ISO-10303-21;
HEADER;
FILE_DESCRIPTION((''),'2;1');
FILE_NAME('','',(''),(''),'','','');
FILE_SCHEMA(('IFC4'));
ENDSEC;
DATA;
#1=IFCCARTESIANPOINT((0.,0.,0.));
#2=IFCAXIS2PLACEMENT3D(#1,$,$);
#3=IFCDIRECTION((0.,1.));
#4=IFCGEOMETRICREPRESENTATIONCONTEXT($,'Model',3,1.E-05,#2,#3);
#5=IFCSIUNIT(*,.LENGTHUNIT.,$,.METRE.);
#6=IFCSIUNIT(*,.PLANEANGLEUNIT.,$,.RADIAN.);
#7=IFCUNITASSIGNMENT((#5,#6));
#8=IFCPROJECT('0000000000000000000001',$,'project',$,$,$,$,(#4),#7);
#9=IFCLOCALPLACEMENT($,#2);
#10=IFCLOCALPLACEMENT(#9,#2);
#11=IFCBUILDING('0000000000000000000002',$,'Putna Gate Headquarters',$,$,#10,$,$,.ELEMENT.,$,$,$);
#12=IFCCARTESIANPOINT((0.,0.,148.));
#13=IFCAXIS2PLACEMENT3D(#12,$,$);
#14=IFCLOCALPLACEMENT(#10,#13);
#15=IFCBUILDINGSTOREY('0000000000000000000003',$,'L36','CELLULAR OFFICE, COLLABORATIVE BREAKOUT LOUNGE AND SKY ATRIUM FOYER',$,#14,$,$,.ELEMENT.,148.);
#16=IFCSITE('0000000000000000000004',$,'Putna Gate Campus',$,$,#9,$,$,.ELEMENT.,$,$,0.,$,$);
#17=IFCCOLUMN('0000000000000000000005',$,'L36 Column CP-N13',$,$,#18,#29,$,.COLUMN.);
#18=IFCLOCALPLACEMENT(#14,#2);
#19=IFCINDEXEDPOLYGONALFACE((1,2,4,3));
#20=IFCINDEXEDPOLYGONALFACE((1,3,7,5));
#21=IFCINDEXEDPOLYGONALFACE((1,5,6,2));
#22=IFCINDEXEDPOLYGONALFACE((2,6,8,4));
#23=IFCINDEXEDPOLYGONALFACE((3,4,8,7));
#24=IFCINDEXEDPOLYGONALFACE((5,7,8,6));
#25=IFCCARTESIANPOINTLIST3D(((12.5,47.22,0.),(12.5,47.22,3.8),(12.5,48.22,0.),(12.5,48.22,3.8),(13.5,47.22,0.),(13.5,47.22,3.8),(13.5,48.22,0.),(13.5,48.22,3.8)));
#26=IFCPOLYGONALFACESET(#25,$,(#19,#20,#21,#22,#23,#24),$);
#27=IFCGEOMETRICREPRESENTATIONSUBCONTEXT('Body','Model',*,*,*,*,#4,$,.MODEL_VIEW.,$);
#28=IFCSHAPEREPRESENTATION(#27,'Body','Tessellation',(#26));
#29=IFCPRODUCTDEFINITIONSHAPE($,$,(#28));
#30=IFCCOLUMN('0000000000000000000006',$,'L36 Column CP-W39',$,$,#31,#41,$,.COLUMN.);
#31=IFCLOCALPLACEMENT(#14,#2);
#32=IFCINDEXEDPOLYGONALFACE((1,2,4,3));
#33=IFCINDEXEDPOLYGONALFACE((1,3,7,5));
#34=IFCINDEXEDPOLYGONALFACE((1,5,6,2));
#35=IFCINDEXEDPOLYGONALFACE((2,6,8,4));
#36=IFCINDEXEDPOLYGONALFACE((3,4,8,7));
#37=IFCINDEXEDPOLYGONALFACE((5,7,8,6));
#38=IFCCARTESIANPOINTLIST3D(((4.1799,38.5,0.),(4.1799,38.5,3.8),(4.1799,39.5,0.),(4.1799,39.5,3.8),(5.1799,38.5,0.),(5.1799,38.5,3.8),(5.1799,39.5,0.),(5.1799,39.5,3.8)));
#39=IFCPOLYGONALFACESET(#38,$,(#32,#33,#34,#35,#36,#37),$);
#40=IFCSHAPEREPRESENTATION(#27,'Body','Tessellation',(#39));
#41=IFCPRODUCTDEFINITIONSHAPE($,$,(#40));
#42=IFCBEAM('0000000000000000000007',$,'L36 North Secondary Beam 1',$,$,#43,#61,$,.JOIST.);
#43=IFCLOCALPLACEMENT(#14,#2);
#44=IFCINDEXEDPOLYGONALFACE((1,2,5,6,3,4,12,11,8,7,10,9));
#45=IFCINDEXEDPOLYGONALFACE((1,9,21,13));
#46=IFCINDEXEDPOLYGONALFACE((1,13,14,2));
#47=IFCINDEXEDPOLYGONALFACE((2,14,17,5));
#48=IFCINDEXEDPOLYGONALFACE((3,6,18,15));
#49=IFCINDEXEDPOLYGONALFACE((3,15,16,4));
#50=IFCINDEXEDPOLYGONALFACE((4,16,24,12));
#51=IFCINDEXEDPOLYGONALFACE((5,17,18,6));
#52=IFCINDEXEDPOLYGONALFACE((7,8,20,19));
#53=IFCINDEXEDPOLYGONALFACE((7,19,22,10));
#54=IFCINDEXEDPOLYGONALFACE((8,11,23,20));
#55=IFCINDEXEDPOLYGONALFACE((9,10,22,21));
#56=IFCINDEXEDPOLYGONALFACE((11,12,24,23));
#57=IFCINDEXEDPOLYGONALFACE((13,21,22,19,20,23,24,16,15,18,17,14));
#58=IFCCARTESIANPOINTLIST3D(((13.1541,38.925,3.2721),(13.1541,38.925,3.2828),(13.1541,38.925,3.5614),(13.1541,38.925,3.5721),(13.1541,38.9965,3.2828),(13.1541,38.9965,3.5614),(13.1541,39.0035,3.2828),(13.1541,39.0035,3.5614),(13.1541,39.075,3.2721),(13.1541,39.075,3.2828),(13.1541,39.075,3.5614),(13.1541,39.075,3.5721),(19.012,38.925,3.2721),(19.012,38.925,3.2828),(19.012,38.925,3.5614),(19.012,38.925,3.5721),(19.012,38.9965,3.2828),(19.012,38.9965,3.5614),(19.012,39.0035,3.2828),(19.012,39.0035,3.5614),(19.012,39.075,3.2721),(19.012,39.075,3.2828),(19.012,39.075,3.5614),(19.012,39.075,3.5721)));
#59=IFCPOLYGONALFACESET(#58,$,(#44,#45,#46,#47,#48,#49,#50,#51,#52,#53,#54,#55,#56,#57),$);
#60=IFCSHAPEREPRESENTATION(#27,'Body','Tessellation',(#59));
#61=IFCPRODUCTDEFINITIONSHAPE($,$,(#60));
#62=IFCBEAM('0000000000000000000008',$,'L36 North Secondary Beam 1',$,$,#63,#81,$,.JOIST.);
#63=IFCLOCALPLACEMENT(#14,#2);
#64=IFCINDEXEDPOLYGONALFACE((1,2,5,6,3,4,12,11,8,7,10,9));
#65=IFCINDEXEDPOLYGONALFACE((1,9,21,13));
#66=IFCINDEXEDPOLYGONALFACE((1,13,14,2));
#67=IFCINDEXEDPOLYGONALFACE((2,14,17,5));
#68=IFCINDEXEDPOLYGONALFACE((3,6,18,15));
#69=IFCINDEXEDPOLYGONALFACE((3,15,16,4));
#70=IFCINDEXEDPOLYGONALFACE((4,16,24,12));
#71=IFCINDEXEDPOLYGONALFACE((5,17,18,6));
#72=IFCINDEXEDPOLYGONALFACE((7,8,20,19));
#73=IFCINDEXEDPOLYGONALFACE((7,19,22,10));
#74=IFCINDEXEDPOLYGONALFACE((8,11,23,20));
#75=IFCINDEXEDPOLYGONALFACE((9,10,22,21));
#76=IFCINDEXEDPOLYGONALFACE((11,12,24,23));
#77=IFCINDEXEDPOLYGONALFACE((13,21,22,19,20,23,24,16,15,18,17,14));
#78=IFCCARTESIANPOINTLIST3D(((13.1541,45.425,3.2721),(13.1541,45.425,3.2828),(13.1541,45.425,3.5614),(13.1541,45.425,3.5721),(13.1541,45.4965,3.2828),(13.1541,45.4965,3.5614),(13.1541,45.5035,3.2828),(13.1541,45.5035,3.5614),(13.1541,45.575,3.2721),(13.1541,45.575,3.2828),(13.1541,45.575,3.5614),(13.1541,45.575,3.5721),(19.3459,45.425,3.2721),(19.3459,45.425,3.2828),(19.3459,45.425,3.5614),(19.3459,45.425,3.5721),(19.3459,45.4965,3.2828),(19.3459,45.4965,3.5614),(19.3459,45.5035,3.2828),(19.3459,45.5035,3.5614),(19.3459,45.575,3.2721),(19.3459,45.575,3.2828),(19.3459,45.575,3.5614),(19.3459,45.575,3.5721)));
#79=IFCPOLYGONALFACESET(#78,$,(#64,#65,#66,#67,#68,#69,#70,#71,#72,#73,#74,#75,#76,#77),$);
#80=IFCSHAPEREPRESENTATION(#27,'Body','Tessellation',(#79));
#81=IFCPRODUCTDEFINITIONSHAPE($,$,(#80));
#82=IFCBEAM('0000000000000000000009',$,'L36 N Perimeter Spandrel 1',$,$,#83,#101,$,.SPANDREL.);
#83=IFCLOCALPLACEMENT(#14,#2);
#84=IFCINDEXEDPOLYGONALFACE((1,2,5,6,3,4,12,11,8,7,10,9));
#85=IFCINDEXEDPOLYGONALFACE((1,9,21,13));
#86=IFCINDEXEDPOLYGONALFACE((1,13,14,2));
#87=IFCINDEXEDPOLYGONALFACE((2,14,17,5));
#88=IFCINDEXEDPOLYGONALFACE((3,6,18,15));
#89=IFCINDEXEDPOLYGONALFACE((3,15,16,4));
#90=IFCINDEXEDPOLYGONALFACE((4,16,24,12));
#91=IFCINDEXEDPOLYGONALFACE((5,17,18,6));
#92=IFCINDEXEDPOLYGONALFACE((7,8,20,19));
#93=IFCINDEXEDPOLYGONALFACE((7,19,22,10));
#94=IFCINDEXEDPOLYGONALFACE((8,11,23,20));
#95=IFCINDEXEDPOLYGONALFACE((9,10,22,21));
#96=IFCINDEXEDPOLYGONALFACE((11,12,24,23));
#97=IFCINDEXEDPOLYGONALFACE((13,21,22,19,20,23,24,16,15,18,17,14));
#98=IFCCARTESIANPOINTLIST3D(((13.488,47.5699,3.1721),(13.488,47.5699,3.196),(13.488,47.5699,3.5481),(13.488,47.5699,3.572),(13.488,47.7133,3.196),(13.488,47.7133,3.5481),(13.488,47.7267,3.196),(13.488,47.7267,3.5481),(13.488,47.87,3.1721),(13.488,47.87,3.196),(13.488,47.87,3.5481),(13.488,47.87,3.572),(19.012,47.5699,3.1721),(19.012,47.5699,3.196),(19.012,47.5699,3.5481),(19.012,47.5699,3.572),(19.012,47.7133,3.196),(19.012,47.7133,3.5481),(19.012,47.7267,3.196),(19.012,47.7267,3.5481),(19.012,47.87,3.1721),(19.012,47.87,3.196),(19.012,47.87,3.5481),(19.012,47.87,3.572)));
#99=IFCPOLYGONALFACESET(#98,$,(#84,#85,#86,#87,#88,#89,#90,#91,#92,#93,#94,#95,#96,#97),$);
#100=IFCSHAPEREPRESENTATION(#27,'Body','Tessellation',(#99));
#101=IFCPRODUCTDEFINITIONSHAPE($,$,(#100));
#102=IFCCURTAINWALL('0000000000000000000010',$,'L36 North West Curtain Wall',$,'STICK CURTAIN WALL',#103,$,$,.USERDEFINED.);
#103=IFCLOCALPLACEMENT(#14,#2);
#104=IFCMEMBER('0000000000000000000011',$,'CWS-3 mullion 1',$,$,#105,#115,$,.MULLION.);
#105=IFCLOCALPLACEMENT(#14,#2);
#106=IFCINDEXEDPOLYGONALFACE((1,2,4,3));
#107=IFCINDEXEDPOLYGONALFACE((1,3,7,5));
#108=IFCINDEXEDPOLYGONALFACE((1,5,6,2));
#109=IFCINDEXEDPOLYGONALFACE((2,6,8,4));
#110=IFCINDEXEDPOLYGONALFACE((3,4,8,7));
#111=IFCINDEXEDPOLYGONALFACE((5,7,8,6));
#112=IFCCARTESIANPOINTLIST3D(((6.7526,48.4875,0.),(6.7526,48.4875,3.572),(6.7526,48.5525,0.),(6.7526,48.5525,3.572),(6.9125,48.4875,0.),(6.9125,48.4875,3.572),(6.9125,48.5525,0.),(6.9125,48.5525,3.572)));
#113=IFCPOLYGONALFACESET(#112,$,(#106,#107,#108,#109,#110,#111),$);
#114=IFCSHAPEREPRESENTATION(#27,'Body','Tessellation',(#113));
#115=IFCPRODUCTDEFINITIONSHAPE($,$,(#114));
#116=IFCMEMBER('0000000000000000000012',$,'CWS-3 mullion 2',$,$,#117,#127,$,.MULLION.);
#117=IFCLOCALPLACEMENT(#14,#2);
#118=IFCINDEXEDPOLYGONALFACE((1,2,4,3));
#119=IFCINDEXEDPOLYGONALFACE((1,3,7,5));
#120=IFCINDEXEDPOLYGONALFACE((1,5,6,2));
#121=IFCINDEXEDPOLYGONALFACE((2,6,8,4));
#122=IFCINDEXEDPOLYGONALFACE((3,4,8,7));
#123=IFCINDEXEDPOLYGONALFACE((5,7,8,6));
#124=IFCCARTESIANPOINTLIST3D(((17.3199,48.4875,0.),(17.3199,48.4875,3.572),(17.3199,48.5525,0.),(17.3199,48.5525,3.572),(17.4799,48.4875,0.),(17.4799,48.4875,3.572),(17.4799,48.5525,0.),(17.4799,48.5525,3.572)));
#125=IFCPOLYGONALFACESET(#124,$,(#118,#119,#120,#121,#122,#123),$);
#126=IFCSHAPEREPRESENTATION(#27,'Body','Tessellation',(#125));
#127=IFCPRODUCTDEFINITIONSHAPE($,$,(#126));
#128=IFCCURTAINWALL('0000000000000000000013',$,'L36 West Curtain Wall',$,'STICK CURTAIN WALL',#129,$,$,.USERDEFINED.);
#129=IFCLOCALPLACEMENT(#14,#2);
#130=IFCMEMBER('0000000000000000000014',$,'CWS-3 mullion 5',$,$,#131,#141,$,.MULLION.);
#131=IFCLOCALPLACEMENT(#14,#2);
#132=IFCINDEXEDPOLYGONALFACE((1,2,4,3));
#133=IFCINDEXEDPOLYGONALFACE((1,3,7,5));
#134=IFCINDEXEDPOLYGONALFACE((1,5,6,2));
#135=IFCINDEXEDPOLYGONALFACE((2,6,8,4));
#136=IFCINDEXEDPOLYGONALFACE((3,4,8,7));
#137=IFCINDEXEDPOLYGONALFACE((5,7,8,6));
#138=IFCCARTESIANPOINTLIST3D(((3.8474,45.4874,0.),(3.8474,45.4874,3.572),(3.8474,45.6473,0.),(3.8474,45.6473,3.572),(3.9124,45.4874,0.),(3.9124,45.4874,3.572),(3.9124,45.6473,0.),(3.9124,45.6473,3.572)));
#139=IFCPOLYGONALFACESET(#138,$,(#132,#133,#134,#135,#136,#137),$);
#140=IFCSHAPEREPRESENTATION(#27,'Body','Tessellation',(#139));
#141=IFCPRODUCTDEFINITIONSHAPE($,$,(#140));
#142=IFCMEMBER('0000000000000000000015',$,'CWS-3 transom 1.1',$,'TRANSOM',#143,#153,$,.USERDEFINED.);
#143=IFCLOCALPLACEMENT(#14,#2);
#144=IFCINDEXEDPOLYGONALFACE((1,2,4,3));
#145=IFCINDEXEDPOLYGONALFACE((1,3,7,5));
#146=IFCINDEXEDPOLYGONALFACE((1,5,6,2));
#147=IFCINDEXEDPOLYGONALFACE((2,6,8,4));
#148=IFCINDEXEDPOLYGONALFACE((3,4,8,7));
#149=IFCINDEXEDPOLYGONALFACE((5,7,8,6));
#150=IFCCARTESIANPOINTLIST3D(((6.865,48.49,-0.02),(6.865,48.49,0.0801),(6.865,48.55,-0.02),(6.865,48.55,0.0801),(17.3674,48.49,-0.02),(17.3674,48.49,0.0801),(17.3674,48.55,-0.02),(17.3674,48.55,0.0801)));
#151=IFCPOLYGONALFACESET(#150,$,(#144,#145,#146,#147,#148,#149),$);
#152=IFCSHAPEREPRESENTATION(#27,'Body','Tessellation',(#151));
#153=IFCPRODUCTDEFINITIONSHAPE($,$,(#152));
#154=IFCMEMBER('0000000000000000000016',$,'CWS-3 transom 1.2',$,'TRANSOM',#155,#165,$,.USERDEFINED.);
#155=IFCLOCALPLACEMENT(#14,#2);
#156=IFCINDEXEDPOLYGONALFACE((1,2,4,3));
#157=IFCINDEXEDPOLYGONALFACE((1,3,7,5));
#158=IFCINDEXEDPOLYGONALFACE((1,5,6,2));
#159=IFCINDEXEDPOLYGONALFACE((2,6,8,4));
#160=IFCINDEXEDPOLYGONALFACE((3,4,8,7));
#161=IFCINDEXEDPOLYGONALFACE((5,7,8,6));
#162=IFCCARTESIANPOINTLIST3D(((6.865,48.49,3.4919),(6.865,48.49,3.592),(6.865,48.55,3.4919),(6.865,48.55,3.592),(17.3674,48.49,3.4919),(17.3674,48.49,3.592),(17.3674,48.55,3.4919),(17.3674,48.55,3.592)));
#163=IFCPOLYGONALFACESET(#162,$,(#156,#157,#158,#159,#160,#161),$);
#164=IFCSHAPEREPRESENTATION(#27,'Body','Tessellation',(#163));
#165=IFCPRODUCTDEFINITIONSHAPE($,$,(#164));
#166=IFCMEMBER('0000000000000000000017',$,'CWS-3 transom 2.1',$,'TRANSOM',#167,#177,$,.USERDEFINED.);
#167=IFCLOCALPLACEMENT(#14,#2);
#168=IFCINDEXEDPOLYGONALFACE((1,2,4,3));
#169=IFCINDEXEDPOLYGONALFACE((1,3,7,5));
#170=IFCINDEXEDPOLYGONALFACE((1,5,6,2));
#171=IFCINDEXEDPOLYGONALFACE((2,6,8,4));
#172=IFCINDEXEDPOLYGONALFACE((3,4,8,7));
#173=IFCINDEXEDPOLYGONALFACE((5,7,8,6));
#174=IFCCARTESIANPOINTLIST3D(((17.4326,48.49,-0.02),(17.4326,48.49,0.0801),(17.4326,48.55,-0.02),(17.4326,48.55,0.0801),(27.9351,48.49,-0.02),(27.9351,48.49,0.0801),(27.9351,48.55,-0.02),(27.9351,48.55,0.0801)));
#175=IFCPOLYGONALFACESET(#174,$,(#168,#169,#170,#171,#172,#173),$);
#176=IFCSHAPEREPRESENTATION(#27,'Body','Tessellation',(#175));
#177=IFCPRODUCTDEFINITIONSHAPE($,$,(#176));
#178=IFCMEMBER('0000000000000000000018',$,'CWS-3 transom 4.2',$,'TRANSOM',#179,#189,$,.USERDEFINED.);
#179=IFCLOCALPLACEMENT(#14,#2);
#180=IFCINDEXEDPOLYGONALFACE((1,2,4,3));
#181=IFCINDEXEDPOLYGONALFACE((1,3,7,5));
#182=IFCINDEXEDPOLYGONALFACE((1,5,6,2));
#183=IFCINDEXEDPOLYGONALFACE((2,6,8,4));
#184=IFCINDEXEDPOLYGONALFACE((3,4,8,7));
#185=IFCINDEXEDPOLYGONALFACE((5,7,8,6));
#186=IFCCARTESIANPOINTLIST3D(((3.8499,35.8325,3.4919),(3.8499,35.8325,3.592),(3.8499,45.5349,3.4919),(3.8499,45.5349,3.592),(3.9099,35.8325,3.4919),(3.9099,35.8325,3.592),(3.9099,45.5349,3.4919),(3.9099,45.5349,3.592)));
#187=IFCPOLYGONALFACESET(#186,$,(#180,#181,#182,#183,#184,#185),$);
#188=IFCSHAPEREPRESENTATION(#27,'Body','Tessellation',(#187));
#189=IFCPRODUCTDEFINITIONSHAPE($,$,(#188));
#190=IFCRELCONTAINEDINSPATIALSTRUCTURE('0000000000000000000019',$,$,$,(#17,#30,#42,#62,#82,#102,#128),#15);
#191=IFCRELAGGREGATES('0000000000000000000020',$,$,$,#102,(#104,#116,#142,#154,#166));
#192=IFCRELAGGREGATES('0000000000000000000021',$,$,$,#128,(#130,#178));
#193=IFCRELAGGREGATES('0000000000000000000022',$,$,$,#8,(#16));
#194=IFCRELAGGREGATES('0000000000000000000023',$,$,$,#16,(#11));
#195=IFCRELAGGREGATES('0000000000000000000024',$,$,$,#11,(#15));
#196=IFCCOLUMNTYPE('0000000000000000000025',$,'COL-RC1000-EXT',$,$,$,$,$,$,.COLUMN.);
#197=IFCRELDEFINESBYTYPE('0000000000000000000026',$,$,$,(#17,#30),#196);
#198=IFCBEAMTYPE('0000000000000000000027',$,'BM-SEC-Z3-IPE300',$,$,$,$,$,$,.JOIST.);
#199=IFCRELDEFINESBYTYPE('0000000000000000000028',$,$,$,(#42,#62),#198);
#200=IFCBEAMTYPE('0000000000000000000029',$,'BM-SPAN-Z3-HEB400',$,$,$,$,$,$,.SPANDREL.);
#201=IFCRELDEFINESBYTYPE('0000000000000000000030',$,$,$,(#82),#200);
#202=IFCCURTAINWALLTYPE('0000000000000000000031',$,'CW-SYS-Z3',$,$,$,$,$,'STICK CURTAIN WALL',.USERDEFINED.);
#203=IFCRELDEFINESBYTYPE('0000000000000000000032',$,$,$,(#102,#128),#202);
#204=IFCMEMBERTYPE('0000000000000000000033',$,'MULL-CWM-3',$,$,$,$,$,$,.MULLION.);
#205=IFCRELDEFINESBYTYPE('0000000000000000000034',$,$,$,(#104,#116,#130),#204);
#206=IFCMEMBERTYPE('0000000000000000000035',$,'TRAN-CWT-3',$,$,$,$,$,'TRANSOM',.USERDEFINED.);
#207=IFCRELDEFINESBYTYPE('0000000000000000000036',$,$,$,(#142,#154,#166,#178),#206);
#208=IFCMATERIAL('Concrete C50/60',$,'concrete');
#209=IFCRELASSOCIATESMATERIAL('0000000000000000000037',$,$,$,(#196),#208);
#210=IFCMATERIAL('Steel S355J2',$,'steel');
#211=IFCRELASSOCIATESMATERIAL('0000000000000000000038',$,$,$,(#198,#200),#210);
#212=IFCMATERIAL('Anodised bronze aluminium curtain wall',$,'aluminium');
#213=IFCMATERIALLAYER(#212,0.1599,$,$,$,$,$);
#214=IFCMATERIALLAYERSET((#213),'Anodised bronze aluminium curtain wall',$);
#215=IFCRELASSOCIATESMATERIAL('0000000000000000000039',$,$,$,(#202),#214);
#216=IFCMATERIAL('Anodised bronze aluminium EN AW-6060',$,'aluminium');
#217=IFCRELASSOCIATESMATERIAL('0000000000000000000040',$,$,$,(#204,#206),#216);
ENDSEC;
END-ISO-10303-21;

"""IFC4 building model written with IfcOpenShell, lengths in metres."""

from ifc_helpers import new_model, si_unit, direction, frame, origin, origin_2d, place, context, subcontext, project, spatial, rectangle, i_section, extrude, material, layer, layer_set, material_profile, profile_set, type_object, element, aggregate, save


model = new_model("IFC4")

# Units and contexts
model_context = context("Model", 3, precision=1e-05, world=origin(), true_north=direction((0.0, 1.0)))
body_context = subcontext(model_context, "Body", "Model", "MODEL_VIEW")
ifc_project = project(units=[si_unit("LENGTHUNIT", "METRE"), si_unit("PLANEANGLEUNIT", "RADIAN")], contexts=[model_context])

# Site, building, storey
site_placement = place(None, origin())
site = spatial("IfcSite", under=ifc_project, at=site_placement, Name="Putna Gate Campus", CompositionType="ELEMENT", RefElevation=0.0)
building_placement = place(site_placement, origin())
building = spatial("IfcBuilding", under=site, at=building_placement, Name="Putna Gate Headquarters", CompositionType="ELEMENT")
storey_placement = place(building_placement, frame((0.0, 0.0, 148.0)))
storey = spatial("IfcBuildingStorey", under=building, at=storey_placement, Name="L36", Description="CELLULAR OFFICE, COLLABORATIVE BREAKOUT LOUNGE AND SKY ATRIUM FOYER", CompositionType="ELEMENT", Elevation=148.0)

# Columns
ifc_material_1 = material(Name="Concrete C50/60", Category="concrete")
ifc_material_profile_1 = material_profile(ifc_material_1, rectangle(XDim=1.0, YDim=1.0, at=origin_2d()), Name="Concrete C50/60")
ifc_profile_set_1 = profile_set([ifc_material_profile_1], Name="Concrete C50/60")
column_type = type_object("IfcColumnType", Name="COL-RC1000-EXT", PredefinedType="COLUMN", material=ifc_profile_set_1)
for number, where, z_axis, x_axis, name in (
    (1, (13.0, 47.72, 0.0), (0.0, 0.0, 1.0), (1.0, 0.0, 0.0), "L36 Column CP-N13"),
    (2, (4.6799, 39.0, 0.0), (0.0, 0.0, 1.0), (1.0, 0.0, 0.0), "L36 Column CP-W39"),
):
    element("IfcColumn", number, at=place(storey_placement, frame(where, z_axis=z_axis, x_axis=x_axis)), inside=storey, type_object=column_type, Name=name, PredefinedType="COLUMN", context=body_context, shape_type="SweptSolid", body=[
        extrude(rectangle(XDim=1.0, YDim=1.0, at=origin_2d()), origin(), (0.0, 0.0, 1.0), 3.8),
    ])

# Beams
ifc_material_2 = material(Name="Steel S355J2", Category="steel")
ifc_material_profile_2 = material_profile(ifc_material_2, i_section(OverallWidth=0.1499, OverallDepth=0.3, WebThickness=0.0071, FlangeThickness=0.0107, at=origin_2d()), Name="Steel S355J2")
ifc_profile_set_2 = profile_set([ifc_material_profile_2], Name="Steel S355J2")
beam_type_1 = type_object("IfcBeamType", Name="BM-SEC-Z3-IPE300", PredefinedType="JOIST", material=ifc_profile_set_2)
beam_1_placement = place(storey_placement, frame((13.1541, 39.0, 3.4221), z_axis=(1.0, 0.0, 0.0), x_axis=(0.0, 1.0, 0.0)))
element("IfcBeam", 3, at=beam_1_placement, inside=storey, type_object=beam_type_1, Name="L36 North Secondary Beam 1", PredefinedType="JOIST", context=body_context, shape_type="SweptSolid", body=[
    extrude(i_section(OverallWidth=0.1499, OverallDepth=0.3, WebThickness=0.0071, FlangeThickness=0.0107, at=origin_2d()), origin(), (0.0, 0.0, 1.0), 5.8579),
])
beam_2_placement = place(storey_placement, frame((13.1541, 45.5, 3.4221), z_axis=(1.0, 0.0, 0.0), x_axis=(0.0, 1.0, 0.0)))
element("IfcBeam", 4, at=beam_2_placement, inside=storey, type_object=beam_type_1, Name="L36 North Secondary Beam 1", PredefinedType="JOIST", context=body_context, shape_type="SweptSolid", body=[
    extrude(i_section(OverallWidth=0.1499, OverallDepth=0.3, WebThickness=0.0071, FlangeThickness=0.0107, at=origin_2d()), origin(), (0.0, 0.0, 1.0), 6.1919),
])
ifc_material_profile_3 = material_profile(ifc_material_2, i_section(OverallWidth=0.3, OverallDepth=0.3999, WebThickness=0.0134, FlangeThickness=0.0239, at=origin_2d()), Name="Steel S355J2")
ifc_profile_set_3 = profile_set([ifc_material_profile_3], Name="Steel S355J2")
beam_type_2 = type_object("IfcBeamType", Name="BM-SPAN-Z3-HEB400", PredefinedType="SPANDREL", material=ifc_profile_set_3)
beam_3_placement = place(storey_placement, frame((13.488, 47.72, 3.3721), z_axis=(1.0, 0.0, 0.0), x_axis=(0.0, 1.0, 0.0)))
element("IfcBeam", 5, at=beam_3_placement, inside=storey, type_object=beam_type_2, Name="L36 N Perimeter Spandrel 1", PredefinedType="SPANDREL", context=body_context, shape_type="SweptSolid", body=[
    extrude(i_section(OverallWidth=0.3, OverallDepth=0.3999, WebThickness=0.0134, FlangeThickness=0.0239, at=origin_2d()), origin(), (0.0, 0.0, 1.0), 5.5239),
])

# Curtain wall, members
ifc_material_3 = material(Name="Anodised bronze aluminium curtain wall", Category="aluminium")
ifc_layer_1 = layer(ifc_material_3, 0.1599)
ifc_layer_set_1 = layer_set([ifc_layer_1], Name="Anodised bronze aluminium curtain wall")
curtain_wall_type = type_object("IfcCurtainWallType", Name="CW-SYS-Z3", ElementType="STICK CURTAIN WALL", PredefinedType="USERDEFINED", material=ifc_layer_set_1)
curtain_wall_1_placement = place(storey_placement, origin())
curtain_wall_1 = element("IfcCurtainWall", 6, at=curtain_wall_1_placement, inside=storey, type_object=curtain_wall_type, Name="L36 North West Curtain Wall", ObjectType="STICK CURTAIN WALL", PredefinedType="USERDEFINED")
ifc_material_4 = material(Name="Anodised bronze aluminium EN AW-6060", Category="aluminium")
ifc_material_profile_4 = material_profile(ifc_material_4, rectangle(XDim=0.0649, YDim=0.1599, at=origin_2d()), Name="Anodised bronze aluminium EN AW-6060")
ifc_profile_set_4 = profile_set([ifc_material_profile_4], Name="Anodised bronze aluminium EN AW-6060")
member_type_1 = type_object("IfcMemberType", Name="MULL-CWM-3", PredefinedType="MULLION", material=ifc_profile_set_4)
member_1_placement = place(storey_placement, frame((6.8325, 48.52, 0.0), z_axis=(0.0, 0.0, 1.0), x_axis=(0.0, 1.0, 0.0)))
member_1 = element("IfcMember", 7, at=member_1_placement, type_object=member_type_1, Name="CWS-3 mullion 1", PredefinedType="MULLION", context=body_context, shape_type="SweptSolid", body=[
    extrude(rectangle(XDim=0.0649, YDim=0.1599, at=origin_2d()), origin(), (0.0, 0.0, 1.0), 3.572),
])
member_2_placement = place(storey_placement, frame((17.3999, 48.52, 0.0), z_axis=(0.0, 0.0, 1.0), x_axis=(0.0, 1.0, 0.0)))
member_2 = element("IfcMember", 8, at=member_2_placement, type_object=member_type_1, Name="CWS-3 mullion 2", PredefinedType="MULLION", context=body_context, shape_type="SweptSolid", body=[
    extrude(rectangle(XDim=0.0649, YDim=0.1599, at=origin_2d()), origin(), (0.0, 0.0, 1.0), 3.572),
])

# Curtain wall, member
curtain_wall_2_placement = place(storey_placement, origin())
curtain_wall_2 = element("IfcCurtainWall", 9, at=curtain_wall_2_placement, inside=storey, type_object=curtain_wall_type, Name="L36 West Curtain Wall", ObjectType="STICK CURTAIN WALL", PredefinedType="USERDEFINED")
member_3_placement = place(storey_placement, frame((3.8799, 45.5674, 0.0), z_axis=(0.0, 0.0, 1.0), x_axis=(-1.0, 0.0, 0.0)))
member_3 = element("IfcMember", 10, at=member_3_placement, type_object=member_type_1, Name="CWS-3 mullion 5", PredefinedType="MULLION", context=body_context, shape_type="SweptSolid", body=[
    extrude(rectangle(XDim=0.0649, YDim=0.1599, at=origin_2d()), origin(), (0.0, 0.0, 1.0), 3.572),
])

# Members
ifc_material_profile_5 = material_profile(ifc_material_4, rectangle(XDim=0.0601, YDim=0.1001, at=origin_2d()), Name="Anodised bronze aluminium EN AW-6060")
ifc_profile_set_5 = profile_set([ifc_material_profile_5], Name="Anodised bronze aluminium EN AW-6060")
member_type_2 = type_object("IfcMemberType", Name="TRAN-CWT-3", ElementType="TRANSOM", PredefinedType="USERDEFINED", material=ifc_profile_set_5)
member_4_placement = place(storey_placement, frame((6.865, 48.52, 0.03), z_axis=(1.0, 0.0, 0.0), x_axis=(0.0, 1.0, 0.0)))
member_4 = element("IfcMember", 11, at=member_4_placement, type_object=member_type_2, Name="CWS-3 transom 1.1", ObjectType="TRANSOM", PredefinedType="USERDEFINED", context=body_context, shape_type="SweptSolid", body=[
    extrude(rectangle(XDim=0.0601, YDim=0.1001, at=origin_2d()), origin(), (0.0, 0.0, 1.0), 10.5024),
])
member_5_placement = place(storey_placement, frame((6.865, 48.52, 3.542), z_axis=(1.0, 0.0, 0.0), x_axis=(0.0, 1.0, 0.0)))
member_5 = element("IfcMember", 12, at=member_5_placement, type_object=member_type_2, Name="CWS-3 transom 1.2", ObjectType="TRANSOM", PredefinedType="USERDEFINED", context=body_context, shape_type="SweptSolid", body=[
    extrude(rectangle(XDim=0.0601, YDim=0.1001, at=origin_2d()), origin(), (0.0, 0.0, 1.0), 10.5024),
])
member_6_placement = place(storey_placement, frame((17.4326, 48.52, 0.03), z_axis=(1.0, 0.0, 0.0), x_axis=(0.0, 1.0, 0.0)))
member_6 = element("IfcMember", 13, at=member_6_placement, type_object=member_type_2, Name="CWS-3 transom 2.1", ObjectType="TRANSOM", PredefinedType="USERDEFINED", context=body_context, shape_type="SweptSolid", body=[
    extrude(rectangle(XDim=0.0601, YDim=0.1001, at=origin_2d()), origin(), (0.0, 0.0, 1.0), 10.5024),
])
member_7_placement = place(storey_placement, frame((3.8799, 35.8325, 3.542), z_axis=(0.0, 1.0, 0.0), x_axis=(-1.0, 0.0, 0.0)))
member_7 = element("IfcMember", 14, at=member_7_placement, type_object=member_type_2, Name="CWS-3 transom 4.2", ObjectType="TRANSOM", PredefinedType="USERDEFINED", context=body_context, shape_type="SweptSolid", body=[
    extrude(rectangle(XDim=0.0601, YDim=0.1001, at=origin_2d()), origin(), (0.0, 0.0, 1.0), 9.7024),
])

aggregate(curtain_wall_1, [member_1, member_2, member_4, member_5, member_6])
aggregate(curtain_wall_2, [member_3, member_7])

save(model, "model.ifc")
